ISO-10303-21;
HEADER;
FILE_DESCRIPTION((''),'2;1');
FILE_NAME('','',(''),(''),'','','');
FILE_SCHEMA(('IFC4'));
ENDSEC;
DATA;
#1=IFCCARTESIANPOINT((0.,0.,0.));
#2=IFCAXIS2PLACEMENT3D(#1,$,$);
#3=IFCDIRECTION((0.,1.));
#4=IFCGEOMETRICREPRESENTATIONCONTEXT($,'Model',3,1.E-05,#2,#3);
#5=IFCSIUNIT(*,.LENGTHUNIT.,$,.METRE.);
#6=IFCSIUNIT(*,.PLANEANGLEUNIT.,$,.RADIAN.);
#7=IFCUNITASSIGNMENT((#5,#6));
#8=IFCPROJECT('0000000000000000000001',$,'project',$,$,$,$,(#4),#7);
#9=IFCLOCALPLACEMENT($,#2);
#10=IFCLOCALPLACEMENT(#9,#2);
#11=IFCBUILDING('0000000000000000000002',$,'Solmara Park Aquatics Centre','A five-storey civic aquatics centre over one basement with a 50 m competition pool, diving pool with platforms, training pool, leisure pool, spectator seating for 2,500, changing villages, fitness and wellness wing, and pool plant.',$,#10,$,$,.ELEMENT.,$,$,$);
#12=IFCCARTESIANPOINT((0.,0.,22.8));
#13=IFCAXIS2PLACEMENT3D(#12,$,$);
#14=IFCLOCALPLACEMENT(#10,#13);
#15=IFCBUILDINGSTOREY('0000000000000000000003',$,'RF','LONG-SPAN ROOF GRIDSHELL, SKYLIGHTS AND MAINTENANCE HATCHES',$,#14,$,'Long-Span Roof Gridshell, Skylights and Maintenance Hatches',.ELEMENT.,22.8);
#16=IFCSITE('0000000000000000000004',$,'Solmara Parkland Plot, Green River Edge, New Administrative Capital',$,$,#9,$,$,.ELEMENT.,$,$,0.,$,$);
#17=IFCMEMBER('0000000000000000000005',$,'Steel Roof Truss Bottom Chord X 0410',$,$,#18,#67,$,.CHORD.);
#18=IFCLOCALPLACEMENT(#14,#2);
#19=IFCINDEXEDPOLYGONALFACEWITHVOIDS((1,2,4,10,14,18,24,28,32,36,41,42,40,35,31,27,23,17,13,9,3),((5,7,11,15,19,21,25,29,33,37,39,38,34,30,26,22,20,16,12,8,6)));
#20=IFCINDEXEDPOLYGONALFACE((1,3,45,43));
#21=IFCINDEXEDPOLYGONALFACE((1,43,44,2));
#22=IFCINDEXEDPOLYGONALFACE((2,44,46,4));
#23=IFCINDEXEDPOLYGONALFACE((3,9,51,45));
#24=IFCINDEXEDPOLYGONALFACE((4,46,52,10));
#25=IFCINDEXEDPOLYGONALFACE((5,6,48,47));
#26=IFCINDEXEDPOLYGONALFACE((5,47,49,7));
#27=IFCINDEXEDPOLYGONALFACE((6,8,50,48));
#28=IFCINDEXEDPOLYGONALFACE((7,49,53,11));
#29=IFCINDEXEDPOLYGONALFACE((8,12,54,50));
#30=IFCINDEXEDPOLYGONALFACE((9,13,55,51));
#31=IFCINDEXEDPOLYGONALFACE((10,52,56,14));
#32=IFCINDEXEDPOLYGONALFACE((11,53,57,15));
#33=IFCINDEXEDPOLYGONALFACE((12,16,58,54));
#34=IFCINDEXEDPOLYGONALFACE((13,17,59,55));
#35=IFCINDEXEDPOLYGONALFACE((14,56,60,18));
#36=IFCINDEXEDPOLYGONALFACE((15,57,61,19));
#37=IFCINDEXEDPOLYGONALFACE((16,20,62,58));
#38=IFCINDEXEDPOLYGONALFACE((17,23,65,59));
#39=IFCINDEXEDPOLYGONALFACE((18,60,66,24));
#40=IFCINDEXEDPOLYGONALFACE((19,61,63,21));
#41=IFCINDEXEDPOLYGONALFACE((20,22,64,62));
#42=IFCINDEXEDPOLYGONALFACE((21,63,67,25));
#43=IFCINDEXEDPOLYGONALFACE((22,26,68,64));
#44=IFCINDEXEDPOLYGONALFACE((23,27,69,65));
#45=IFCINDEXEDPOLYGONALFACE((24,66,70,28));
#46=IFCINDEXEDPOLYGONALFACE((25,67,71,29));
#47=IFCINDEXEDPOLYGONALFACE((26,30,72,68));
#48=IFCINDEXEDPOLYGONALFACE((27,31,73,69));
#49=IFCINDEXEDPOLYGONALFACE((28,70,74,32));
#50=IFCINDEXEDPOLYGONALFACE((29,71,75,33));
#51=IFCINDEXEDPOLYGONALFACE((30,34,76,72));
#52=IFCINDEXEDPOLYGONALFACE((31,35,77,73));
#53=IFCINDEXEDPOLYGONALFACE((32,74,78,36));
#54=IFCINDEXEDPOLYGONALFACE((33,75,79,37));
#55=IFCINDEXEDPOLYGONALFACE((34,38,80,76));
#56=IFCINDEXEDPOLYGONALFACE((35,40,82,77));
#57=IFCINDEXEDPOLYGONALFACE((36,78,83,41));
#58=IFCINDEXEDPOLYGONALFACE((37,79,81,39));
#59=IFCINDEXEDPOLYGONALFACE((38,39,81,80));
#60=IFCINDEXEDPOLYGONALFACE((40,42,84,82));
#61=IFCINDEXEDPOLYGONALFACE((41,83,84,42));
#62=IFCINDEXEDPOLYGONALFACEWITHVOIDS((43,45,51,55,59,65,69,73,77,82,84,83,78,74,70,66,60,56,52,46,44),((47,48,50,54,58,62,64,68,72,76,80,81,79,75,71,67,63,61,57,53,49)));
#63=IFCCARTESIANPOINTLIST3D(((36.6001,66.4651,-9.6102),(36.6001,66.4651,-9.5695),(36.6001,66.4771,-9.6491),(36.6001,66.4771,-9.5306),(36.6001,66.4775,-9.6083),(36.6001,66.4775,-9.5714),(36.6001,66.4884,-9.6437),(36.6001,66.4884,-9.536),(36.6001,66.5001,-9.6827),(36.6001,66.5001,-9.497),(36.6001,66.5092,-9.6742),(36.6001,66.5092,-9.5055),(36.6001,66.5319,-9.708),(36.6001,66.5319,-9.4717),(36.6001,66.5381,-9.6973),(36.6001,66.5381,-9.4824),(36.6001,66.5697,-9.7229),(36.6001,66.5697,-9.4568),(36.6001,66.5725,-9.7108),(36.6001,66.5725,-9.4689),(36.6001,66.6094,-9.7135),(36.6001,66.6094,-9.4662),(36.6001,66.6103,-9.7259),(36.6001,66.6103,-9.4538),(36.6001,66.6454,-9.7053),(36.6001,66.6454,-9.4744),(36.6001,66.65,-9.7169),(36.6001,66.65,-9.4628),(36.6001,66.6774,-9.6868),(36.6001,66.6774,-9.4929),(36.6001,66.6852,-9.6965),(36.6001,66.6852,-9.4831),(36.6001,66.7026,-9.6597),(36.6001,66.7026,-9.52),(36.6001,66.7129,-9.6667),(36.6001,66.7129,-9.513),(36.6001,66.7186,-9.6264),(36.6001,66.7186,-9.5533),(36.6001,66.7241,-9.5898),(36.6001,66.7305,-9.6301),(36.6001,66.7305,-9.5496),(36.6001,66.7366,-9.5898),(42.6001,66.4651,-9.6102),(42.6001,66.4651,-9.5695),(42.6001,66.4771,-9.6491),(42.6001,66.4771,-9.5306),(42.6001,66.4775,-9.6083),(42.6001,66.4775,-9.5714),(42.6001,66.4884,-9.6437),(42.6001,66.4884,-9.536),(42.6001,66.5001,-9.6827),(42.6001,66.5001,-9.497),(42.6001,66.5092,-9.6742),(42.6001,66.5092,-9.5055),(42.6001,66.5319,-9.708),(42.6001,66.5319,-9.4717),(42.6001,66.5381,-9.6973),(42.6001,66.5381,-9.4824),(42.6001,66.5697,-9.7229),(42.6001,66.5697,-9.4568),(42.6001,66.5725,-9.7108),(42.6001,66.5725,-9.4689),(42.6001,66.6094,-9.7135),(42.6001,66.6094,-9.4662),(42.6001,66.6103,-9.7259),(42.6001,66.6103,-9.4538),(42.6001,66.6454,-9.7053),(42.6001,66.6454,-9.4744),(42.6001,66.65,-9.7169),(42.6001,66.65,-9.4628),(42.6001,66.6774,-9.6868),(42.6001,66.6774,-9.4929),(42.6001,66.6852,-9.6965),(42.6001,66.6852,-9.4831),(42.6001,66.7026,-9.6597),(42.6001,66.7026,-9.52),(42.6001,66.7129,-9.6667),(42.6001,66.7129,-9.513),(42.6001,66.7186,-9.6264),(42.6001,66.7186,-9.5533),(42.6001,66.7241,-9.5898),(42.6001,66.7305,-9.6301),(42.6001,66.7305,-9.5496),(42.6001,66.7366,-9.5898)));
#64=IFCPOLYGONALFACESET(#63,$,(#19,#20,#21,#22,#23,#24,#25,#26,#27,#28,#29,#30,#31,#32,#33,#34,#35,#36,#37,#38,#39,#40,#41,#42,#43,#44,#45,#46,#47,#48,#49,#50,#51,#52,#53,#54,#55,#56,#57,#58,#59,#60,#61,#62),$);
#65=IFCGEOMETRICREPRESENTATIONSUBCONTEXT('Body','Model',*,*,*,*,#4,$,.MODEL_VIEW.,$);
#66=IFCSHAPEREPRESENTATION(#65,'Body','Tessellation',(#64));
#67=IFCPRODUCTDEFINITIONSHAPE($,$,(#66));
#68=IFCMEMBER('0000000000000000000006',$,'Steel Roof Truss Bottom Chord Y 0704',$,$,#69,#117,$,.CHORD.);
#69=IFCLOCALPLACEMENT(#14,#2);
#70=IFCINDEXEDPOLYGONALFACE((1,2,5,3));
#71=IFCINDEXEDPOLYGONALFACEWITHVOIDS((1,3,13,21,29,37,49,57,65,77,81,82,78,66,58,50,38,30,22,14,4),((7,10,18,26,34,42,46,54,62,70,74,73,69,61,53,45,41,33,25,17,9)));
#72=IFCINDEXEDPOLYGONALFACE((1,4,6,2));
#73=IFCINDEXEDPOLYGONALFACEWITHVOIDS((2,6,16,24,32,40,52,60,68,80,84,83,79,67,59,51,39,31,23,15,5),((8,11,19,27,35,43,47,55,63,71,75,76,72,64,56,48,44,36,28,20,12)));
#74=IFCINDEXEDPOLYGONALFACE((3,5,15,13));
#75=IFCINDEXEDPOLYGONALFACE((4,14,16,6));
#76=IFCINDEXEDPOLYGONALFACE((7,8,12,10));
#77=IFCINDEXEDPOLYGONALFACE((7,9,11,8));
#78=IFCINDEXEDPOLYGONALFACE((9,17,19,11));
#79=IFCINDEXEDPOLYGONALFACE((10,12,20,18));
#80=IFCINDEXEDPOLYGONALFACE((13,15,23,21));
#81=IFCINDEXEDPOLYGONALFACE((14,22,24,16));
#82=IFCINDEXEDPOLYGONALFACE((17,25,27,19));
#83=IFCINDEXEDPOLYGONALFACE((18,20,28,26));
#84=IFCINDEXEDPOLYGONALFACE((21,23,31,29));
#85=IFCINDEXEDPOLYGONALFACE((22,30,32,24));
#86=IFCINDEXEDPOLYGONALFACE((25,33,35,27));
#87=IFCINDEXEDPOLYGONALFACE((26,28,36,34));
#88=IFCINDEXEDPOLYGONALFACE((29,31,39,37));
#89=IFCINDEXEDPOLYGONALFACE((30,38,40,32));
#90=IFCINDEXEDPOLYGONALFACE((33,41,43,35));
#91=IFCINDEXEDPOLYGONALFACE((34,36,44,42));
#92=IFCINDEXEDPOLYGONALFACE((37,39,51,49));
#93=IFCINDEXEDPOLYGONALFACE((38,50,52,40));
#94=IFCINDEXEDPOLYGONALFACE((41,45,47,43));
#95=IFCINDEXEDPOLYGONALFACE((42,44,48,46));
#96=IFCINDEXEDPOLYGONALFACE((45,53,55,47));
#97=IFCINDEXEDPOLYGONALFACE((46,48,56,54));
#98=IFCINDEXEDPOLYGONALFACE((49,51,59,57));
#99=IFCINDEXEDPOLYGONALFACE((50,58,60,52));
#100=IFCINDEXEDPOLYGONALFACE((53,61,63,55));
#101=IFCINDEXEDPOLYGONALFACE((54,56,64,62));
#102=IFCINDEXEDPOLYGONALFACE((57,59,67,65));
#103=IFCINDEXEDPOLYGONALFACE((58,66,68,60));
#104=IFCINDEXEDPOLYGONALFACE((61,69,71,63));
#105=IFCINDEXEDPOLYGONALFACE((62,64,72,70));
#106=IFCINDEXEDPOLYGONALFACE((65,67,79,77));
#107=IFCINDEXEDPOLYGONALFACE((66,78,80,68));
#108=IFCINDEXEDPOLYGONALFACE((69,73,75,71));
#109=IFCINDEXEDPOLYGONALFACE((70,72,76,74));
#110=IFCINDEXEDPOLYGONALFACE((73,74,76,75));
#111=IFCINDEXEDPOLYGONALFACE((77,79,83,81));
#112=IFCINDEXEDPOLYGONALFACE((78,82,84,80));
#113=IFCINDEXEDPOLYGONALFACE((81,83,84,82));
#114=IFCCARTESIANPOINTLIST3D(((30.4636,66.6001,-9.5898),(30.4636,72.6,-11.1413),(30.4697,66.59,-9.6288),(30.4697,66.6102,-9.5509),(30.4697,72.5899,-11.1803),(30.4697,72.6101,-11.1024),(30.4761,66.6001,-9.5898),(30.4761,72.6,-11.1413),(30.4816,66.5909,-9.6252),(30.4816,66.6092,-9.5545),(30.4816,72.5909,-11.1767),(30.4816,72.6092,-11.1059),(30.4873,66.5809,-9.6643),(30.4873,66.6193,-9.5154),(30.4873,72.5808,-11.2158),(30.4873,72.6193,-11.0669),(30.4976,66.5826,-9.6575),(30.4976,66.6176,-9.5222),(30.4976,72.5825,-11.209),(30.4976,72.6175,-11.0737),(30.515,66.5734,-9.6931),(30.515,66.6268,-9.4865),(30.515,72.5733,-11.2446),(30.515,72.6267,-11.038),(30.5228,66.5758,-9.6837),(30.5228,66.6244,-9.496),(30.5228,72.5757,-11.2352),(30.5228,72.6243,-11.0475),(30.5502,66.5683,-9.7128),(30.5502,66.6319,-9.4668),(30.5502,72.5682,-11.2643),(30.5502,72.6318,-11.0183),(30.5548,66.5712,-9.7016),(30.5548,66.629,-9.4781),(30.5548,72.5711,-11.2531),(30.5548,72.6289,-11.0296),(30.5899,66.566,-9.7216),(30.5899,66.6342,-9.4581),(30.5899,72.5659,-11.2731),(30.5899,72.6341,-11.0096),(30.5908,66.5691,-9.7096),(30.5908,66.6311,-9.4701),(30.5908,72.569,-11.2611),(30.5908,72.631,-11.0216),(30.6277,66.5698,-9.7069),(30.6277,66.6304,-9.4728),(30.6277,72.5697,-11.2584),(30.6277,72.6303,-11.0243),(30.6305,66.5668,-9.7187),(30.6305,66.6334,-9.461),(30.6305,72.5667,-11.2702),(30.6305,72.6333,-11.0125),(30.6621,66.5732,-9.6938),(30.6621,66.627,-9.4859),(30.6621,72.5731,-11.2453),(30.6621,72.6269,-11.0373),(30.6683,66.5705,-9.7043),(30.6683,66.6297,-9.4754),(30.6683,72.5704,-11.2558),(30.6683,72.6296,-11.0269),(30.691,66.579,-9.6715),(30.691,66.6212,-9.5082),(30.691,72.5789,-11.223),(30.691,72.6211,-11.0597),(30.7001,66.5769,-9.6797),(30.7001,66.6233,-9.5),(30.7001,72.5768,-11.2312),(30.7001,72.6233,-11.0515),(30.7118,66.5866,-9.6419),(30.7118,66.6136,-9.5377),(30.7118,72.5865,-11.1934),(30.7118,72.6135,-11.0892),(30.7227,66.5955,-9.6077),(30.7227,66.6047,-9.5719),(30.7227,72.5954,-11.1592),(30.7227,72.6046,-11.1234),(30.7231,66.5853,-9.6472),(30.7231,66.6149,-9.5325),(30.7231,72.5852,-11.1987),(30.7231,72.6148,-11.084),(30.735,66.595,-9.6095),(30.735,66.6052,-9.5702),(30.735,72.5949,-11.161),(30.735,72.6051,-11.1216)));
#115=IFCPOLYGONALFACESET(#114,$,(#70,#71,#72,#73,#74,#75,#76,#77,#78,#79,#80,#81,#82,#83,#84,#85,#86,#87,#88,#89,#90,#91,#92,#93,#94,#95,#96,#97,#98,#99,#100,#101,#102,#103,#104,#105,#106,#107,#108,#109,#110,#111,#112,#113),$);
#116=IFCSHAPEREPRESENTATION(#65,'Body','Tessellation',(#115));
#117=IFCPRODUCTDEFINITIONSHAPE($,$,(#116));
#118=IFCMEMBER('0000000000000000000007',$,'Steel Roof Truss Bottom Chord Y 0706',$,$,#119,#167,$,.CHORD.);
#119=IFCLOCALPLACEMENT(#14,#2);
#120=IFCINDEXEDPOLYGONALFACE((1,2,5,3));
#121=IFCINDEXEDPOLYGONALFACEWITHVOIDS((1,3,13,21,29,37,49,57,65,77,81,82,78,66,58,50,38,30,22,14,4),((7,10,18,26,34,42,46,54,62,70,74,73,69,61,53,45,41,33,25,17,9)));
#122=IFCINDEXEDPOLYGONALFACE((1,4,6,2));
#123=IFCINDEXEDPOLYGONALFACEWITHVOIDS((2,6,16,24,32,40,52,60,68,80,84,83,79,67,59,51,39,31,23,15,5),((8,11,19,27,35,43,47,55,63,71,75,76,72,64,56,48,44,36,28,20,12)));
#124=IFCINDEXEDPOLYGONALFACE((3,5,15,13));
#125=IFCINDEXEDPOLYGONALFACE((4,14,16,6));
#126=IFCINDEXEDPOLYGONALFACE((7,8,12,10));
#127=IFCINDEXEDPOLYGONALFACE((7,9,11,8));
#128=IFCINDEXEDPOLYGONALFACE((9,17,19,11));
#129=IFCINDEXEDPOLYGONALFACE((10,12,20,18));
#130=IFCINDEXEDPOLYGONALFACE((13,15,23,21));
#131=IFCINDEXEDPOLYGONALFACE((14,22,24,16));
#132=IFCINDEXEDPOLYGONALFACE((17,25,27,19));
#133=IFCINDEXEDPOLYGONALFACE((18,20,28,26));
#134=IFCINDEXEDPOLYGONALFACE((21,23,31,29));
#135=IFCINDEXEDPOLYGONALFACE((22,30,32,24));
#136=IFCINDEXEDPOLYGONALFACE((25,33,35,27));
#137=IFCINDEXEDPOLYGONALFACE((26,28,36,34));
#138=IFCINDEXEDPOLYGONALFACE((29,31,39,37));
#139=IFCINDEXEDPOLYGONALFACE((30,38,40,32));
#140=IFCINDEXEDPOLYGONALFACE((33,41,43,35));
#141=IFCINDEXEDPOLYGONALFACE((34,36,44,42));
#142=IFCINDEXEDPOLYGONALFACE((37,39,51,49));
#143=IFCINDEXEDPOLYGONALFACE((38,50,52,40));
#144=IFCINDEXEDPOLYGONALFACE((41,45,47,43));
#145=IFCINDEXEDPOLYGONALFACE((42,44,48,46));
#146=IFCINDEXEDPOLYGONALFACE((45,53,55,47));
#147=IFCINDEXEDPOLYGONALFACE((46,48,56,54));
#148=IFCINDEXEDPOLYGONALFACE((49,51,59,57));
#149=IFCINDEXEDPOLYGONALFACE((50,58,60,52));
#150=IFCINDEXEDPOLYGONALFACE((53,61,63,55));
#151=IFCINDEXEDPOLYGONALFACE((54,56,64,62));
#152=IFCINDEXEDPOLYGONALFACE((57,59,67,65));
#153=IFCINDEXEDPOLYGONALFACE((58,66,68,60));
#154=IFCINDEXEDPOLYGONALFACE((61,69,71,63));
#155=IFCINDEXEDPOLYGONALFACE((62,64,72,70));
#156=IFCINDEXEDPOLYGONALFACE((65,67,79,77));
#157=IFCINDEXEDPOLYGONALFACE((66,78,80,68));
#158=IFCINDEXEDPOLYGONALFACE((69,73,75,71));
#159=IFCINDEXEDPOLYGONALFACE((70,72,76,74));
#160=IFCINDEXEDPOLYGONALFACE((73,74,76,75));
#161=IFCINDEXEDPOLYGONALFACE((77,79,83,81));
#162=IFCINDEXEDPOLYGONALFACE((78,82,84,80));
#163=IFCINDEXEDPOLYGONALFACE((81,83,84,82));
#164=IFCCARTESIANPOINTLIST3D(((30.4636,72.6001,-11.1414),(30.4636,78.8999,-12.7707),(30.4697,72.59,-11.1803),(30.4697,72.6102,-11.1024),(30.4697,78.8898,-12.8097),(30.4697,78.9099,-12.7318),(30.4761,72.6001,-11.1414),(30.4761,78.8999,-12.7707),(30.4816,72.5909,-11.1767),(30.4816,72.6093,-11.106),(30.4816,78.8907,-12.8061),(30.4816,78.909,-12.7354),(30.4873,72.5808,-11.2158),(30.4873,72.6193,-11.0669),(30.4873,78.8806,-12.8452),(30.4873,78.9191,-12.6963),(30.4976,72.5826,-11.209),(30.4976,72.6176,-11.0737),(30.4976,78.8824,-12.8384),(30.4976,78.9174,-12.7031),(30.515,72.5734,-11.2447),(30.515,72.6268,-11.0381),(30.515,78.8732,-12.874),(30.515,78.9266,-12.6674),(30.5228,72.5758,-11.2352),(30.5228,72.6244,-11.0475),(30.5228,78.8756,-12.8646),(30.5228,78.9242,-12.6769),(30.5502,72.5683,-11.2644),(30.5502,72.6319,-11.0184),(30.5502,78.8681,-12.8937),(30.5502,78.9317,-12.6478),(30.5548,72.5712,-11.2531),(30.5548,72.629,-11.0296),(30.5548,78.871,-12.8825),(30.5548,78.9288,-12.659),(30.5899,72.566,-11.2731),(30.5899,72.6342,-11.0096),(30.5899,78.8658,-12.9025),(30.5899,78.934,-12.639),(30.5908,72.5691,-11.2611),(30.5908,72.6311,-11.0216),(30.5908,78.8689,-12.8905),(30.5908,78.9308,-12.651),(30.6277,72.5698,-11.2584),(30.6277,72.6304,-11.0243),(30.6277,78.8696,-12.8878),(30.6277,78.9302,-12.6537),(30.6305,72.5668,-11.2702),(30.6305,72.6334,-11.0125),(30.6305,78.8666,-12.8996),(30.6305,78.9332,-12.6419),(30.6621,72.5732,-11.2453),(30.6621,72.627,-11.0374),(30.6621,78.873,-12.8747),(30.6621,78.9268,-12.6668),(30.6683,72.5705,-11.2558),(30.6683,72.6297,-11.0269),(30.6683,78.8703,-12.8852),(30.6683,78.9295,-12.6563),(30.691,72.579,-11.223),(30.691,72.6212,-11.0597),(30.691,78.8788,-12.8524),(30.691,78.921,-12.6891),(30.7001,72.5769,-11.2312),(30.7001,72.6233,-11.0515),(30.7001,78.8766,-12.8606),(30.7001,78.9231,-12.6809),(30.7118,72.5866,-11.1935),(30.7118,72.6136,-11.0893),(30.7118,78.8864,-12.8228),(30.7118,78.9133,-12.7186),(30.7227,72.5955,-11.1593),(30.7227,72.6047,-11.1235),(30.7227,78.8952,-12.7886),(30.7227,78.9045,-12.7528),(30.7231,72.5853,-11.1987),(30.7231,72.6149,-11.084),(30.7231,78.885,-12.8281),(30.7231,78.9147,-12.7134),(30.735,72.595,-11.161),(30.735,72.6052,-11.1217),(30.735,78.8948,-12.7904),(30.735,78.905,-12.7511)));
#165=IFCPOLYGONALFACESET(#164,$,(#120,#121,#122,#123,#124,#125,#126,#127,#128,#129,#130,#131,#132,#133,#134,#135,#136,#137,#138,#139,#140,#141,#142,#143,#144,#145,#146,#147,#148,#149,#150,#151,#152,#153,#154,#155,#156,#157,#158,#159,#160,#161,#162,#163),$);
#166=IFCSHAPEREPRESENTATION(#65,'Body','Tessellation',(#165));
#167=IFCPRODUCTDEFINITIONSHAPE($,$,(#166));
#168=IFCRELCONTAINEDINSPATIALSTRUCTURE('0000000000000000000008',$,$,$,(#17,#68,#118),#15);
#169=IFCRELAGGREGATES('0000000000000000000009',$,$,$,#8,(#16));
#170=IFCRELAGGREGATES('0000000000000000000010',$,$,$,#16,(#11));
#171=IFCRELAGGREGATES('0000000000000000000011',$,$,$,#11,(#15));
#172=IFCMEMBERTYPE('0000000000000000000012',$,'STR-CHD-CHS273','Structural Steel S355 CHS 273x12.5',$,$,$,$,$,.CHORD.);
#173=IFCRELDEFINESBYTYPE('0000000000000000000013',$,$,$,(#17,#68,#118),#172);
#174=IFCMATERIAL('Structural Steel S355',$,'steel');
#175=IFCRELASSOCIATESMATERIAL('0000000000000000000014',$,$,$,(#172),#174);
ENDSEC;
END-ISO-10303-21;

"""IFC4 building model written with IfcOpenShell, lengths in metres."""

from ifc_helpers import new_model, si_unit, direction, frame, origin, origin_2d, place, context, subcontext, project, spatial, hollow_circle, extrude, material, material_profile, profile_set, type_object, element, save


model = new_model("IFC4")

# Units and contexts
model_context = context("Model", 3, precision=1e-05, world=origin(), true_north=direction((0.0, 1.0)))
body_context = subcontext(model_context, "Body", "Model", "MODEL_VIEW")
ifc_project = project(units=[si_unit("LENGTHUNIT", "METRE"), si_unit("PLANEANGLEUNIT", "RADIAN")], contexts=[model_context])

# Site, building, storey
site_placement = place(None, origin())
site = spatial("IfcSite", under=ifc_project, at=site_placement, Name="Solmara Parkland Plot, Green River Edge, New Administrative Capital", CompositionType="ELEMENT", RefElevation=0.0)
building_placement = place(site_placement, origin())
building = spatial("IfcBuilding", under=site, at=building_placement, Name="Solmara Park Aquatics Centre", Description="A five-storey civic aquatics centre over one basement with a 50 m competition pool, diving pool with platforms, training pool, leisure pool, spectator seating for 2,500, changing villages, fitness and wellness wing, and pool plant.", CompositionType="ELEMENT")
storey_placement = place(building_placement, frame((0.0, 0.0, 22.8)))
storey = spatial("IfcBuildingStorey", under=building, at=storey_placement, Name="RF", Description="LONG-SPAN ROOF GRIDSHELL, SKYLIGHTS AND MAINTENANCE HATCHES", LongName="Long-Span Roof Gridshell, Skylights and Maintenance Hatches", CompositionType="ELEMENT", Elevation=22.8)

# Members
ifc_material_1 = material(Name="Structural Steel S355", Category="steel")
ifc_material_profile_1 = material_profile(ifc_material_1, hollow_circle(Radius=0.1365, WallThickness=0.0125, at=origin_2d()), Name="CHS 273x12.5")
ifc_profile_set_1 = profile_set([ifc_material_profile_1], Name="Structural Steel S355")
member_type_1 = type_object("IfcMemberType", Name="STR-CHD-CHS273", Description="Structural Steel S355 CHS 273x12.5", PredefinedType="CHORD", material=ifc_profile_set_1)
member_1_placement = place(storey_placement, frame((36.6001, 66.6001, -9.5898), z_axis=(1.0, 0.0, 0.0), x_axis=(0.0, 1.0, 0.0)))
element("IfcMember", 1, at=member_1_placement, inside=storey, type_object=member_type_1, Name="Steel Roof Truss Bottom Chord X 0410", PredefinedType="CHORD", context=body_context, shape_type="SweptSolid", body=[
    extrude(hollow_circle(Radius=0.1365, WallThickness=0.0125, at=origin_2d()), origin(), (0.0, 0.0, 1.0), 6.0),
])
member_2_placement = place(storey_placement, frame((30.6001, 66.6001, -9.5898), z_axis=(0.0, 0.968155, -0.250351), x_axis=(-1.0, 0.0, 0.0)))
element("IfcMember", 2, at=member_2_placement, inside=storey, type_object=member_type_1, Name="Steel Roof Truss Bottom Chord Y 0704", PredefinedType="CHORD", context=body_context, shape_type="SweptSolid", body=[
    extrude(hollow_circle(Radius=0.1365, WallThickness=0.0125, at=origin_2d()), origin(), (0.0, 0.0, 1.0), 6.1973),
])
member_3_placement = place(storey_placement, frame((30.6001, 72.6001, -11.1414), z_axis=(0.0, 0.968142, -0.250402), x_axis=(-1.0, 0.0, 0.0)))
element("IfcMember", 3, at=member_3_placement, inside=storey, type_object=member_type_1, Name="Steel Roof Truss Bottom Chord Y 0706", PredefinedType="CHORD", context=body_context, shape_type="SweptSolid", body=[
    extrude(hollow_circle(Radius=0.1365, WallThickness=0.0125, at=origin_2d()), origin(), (0.0, 0.0, 1.0), 6.5071),
])

save(model, "model.ifc")
